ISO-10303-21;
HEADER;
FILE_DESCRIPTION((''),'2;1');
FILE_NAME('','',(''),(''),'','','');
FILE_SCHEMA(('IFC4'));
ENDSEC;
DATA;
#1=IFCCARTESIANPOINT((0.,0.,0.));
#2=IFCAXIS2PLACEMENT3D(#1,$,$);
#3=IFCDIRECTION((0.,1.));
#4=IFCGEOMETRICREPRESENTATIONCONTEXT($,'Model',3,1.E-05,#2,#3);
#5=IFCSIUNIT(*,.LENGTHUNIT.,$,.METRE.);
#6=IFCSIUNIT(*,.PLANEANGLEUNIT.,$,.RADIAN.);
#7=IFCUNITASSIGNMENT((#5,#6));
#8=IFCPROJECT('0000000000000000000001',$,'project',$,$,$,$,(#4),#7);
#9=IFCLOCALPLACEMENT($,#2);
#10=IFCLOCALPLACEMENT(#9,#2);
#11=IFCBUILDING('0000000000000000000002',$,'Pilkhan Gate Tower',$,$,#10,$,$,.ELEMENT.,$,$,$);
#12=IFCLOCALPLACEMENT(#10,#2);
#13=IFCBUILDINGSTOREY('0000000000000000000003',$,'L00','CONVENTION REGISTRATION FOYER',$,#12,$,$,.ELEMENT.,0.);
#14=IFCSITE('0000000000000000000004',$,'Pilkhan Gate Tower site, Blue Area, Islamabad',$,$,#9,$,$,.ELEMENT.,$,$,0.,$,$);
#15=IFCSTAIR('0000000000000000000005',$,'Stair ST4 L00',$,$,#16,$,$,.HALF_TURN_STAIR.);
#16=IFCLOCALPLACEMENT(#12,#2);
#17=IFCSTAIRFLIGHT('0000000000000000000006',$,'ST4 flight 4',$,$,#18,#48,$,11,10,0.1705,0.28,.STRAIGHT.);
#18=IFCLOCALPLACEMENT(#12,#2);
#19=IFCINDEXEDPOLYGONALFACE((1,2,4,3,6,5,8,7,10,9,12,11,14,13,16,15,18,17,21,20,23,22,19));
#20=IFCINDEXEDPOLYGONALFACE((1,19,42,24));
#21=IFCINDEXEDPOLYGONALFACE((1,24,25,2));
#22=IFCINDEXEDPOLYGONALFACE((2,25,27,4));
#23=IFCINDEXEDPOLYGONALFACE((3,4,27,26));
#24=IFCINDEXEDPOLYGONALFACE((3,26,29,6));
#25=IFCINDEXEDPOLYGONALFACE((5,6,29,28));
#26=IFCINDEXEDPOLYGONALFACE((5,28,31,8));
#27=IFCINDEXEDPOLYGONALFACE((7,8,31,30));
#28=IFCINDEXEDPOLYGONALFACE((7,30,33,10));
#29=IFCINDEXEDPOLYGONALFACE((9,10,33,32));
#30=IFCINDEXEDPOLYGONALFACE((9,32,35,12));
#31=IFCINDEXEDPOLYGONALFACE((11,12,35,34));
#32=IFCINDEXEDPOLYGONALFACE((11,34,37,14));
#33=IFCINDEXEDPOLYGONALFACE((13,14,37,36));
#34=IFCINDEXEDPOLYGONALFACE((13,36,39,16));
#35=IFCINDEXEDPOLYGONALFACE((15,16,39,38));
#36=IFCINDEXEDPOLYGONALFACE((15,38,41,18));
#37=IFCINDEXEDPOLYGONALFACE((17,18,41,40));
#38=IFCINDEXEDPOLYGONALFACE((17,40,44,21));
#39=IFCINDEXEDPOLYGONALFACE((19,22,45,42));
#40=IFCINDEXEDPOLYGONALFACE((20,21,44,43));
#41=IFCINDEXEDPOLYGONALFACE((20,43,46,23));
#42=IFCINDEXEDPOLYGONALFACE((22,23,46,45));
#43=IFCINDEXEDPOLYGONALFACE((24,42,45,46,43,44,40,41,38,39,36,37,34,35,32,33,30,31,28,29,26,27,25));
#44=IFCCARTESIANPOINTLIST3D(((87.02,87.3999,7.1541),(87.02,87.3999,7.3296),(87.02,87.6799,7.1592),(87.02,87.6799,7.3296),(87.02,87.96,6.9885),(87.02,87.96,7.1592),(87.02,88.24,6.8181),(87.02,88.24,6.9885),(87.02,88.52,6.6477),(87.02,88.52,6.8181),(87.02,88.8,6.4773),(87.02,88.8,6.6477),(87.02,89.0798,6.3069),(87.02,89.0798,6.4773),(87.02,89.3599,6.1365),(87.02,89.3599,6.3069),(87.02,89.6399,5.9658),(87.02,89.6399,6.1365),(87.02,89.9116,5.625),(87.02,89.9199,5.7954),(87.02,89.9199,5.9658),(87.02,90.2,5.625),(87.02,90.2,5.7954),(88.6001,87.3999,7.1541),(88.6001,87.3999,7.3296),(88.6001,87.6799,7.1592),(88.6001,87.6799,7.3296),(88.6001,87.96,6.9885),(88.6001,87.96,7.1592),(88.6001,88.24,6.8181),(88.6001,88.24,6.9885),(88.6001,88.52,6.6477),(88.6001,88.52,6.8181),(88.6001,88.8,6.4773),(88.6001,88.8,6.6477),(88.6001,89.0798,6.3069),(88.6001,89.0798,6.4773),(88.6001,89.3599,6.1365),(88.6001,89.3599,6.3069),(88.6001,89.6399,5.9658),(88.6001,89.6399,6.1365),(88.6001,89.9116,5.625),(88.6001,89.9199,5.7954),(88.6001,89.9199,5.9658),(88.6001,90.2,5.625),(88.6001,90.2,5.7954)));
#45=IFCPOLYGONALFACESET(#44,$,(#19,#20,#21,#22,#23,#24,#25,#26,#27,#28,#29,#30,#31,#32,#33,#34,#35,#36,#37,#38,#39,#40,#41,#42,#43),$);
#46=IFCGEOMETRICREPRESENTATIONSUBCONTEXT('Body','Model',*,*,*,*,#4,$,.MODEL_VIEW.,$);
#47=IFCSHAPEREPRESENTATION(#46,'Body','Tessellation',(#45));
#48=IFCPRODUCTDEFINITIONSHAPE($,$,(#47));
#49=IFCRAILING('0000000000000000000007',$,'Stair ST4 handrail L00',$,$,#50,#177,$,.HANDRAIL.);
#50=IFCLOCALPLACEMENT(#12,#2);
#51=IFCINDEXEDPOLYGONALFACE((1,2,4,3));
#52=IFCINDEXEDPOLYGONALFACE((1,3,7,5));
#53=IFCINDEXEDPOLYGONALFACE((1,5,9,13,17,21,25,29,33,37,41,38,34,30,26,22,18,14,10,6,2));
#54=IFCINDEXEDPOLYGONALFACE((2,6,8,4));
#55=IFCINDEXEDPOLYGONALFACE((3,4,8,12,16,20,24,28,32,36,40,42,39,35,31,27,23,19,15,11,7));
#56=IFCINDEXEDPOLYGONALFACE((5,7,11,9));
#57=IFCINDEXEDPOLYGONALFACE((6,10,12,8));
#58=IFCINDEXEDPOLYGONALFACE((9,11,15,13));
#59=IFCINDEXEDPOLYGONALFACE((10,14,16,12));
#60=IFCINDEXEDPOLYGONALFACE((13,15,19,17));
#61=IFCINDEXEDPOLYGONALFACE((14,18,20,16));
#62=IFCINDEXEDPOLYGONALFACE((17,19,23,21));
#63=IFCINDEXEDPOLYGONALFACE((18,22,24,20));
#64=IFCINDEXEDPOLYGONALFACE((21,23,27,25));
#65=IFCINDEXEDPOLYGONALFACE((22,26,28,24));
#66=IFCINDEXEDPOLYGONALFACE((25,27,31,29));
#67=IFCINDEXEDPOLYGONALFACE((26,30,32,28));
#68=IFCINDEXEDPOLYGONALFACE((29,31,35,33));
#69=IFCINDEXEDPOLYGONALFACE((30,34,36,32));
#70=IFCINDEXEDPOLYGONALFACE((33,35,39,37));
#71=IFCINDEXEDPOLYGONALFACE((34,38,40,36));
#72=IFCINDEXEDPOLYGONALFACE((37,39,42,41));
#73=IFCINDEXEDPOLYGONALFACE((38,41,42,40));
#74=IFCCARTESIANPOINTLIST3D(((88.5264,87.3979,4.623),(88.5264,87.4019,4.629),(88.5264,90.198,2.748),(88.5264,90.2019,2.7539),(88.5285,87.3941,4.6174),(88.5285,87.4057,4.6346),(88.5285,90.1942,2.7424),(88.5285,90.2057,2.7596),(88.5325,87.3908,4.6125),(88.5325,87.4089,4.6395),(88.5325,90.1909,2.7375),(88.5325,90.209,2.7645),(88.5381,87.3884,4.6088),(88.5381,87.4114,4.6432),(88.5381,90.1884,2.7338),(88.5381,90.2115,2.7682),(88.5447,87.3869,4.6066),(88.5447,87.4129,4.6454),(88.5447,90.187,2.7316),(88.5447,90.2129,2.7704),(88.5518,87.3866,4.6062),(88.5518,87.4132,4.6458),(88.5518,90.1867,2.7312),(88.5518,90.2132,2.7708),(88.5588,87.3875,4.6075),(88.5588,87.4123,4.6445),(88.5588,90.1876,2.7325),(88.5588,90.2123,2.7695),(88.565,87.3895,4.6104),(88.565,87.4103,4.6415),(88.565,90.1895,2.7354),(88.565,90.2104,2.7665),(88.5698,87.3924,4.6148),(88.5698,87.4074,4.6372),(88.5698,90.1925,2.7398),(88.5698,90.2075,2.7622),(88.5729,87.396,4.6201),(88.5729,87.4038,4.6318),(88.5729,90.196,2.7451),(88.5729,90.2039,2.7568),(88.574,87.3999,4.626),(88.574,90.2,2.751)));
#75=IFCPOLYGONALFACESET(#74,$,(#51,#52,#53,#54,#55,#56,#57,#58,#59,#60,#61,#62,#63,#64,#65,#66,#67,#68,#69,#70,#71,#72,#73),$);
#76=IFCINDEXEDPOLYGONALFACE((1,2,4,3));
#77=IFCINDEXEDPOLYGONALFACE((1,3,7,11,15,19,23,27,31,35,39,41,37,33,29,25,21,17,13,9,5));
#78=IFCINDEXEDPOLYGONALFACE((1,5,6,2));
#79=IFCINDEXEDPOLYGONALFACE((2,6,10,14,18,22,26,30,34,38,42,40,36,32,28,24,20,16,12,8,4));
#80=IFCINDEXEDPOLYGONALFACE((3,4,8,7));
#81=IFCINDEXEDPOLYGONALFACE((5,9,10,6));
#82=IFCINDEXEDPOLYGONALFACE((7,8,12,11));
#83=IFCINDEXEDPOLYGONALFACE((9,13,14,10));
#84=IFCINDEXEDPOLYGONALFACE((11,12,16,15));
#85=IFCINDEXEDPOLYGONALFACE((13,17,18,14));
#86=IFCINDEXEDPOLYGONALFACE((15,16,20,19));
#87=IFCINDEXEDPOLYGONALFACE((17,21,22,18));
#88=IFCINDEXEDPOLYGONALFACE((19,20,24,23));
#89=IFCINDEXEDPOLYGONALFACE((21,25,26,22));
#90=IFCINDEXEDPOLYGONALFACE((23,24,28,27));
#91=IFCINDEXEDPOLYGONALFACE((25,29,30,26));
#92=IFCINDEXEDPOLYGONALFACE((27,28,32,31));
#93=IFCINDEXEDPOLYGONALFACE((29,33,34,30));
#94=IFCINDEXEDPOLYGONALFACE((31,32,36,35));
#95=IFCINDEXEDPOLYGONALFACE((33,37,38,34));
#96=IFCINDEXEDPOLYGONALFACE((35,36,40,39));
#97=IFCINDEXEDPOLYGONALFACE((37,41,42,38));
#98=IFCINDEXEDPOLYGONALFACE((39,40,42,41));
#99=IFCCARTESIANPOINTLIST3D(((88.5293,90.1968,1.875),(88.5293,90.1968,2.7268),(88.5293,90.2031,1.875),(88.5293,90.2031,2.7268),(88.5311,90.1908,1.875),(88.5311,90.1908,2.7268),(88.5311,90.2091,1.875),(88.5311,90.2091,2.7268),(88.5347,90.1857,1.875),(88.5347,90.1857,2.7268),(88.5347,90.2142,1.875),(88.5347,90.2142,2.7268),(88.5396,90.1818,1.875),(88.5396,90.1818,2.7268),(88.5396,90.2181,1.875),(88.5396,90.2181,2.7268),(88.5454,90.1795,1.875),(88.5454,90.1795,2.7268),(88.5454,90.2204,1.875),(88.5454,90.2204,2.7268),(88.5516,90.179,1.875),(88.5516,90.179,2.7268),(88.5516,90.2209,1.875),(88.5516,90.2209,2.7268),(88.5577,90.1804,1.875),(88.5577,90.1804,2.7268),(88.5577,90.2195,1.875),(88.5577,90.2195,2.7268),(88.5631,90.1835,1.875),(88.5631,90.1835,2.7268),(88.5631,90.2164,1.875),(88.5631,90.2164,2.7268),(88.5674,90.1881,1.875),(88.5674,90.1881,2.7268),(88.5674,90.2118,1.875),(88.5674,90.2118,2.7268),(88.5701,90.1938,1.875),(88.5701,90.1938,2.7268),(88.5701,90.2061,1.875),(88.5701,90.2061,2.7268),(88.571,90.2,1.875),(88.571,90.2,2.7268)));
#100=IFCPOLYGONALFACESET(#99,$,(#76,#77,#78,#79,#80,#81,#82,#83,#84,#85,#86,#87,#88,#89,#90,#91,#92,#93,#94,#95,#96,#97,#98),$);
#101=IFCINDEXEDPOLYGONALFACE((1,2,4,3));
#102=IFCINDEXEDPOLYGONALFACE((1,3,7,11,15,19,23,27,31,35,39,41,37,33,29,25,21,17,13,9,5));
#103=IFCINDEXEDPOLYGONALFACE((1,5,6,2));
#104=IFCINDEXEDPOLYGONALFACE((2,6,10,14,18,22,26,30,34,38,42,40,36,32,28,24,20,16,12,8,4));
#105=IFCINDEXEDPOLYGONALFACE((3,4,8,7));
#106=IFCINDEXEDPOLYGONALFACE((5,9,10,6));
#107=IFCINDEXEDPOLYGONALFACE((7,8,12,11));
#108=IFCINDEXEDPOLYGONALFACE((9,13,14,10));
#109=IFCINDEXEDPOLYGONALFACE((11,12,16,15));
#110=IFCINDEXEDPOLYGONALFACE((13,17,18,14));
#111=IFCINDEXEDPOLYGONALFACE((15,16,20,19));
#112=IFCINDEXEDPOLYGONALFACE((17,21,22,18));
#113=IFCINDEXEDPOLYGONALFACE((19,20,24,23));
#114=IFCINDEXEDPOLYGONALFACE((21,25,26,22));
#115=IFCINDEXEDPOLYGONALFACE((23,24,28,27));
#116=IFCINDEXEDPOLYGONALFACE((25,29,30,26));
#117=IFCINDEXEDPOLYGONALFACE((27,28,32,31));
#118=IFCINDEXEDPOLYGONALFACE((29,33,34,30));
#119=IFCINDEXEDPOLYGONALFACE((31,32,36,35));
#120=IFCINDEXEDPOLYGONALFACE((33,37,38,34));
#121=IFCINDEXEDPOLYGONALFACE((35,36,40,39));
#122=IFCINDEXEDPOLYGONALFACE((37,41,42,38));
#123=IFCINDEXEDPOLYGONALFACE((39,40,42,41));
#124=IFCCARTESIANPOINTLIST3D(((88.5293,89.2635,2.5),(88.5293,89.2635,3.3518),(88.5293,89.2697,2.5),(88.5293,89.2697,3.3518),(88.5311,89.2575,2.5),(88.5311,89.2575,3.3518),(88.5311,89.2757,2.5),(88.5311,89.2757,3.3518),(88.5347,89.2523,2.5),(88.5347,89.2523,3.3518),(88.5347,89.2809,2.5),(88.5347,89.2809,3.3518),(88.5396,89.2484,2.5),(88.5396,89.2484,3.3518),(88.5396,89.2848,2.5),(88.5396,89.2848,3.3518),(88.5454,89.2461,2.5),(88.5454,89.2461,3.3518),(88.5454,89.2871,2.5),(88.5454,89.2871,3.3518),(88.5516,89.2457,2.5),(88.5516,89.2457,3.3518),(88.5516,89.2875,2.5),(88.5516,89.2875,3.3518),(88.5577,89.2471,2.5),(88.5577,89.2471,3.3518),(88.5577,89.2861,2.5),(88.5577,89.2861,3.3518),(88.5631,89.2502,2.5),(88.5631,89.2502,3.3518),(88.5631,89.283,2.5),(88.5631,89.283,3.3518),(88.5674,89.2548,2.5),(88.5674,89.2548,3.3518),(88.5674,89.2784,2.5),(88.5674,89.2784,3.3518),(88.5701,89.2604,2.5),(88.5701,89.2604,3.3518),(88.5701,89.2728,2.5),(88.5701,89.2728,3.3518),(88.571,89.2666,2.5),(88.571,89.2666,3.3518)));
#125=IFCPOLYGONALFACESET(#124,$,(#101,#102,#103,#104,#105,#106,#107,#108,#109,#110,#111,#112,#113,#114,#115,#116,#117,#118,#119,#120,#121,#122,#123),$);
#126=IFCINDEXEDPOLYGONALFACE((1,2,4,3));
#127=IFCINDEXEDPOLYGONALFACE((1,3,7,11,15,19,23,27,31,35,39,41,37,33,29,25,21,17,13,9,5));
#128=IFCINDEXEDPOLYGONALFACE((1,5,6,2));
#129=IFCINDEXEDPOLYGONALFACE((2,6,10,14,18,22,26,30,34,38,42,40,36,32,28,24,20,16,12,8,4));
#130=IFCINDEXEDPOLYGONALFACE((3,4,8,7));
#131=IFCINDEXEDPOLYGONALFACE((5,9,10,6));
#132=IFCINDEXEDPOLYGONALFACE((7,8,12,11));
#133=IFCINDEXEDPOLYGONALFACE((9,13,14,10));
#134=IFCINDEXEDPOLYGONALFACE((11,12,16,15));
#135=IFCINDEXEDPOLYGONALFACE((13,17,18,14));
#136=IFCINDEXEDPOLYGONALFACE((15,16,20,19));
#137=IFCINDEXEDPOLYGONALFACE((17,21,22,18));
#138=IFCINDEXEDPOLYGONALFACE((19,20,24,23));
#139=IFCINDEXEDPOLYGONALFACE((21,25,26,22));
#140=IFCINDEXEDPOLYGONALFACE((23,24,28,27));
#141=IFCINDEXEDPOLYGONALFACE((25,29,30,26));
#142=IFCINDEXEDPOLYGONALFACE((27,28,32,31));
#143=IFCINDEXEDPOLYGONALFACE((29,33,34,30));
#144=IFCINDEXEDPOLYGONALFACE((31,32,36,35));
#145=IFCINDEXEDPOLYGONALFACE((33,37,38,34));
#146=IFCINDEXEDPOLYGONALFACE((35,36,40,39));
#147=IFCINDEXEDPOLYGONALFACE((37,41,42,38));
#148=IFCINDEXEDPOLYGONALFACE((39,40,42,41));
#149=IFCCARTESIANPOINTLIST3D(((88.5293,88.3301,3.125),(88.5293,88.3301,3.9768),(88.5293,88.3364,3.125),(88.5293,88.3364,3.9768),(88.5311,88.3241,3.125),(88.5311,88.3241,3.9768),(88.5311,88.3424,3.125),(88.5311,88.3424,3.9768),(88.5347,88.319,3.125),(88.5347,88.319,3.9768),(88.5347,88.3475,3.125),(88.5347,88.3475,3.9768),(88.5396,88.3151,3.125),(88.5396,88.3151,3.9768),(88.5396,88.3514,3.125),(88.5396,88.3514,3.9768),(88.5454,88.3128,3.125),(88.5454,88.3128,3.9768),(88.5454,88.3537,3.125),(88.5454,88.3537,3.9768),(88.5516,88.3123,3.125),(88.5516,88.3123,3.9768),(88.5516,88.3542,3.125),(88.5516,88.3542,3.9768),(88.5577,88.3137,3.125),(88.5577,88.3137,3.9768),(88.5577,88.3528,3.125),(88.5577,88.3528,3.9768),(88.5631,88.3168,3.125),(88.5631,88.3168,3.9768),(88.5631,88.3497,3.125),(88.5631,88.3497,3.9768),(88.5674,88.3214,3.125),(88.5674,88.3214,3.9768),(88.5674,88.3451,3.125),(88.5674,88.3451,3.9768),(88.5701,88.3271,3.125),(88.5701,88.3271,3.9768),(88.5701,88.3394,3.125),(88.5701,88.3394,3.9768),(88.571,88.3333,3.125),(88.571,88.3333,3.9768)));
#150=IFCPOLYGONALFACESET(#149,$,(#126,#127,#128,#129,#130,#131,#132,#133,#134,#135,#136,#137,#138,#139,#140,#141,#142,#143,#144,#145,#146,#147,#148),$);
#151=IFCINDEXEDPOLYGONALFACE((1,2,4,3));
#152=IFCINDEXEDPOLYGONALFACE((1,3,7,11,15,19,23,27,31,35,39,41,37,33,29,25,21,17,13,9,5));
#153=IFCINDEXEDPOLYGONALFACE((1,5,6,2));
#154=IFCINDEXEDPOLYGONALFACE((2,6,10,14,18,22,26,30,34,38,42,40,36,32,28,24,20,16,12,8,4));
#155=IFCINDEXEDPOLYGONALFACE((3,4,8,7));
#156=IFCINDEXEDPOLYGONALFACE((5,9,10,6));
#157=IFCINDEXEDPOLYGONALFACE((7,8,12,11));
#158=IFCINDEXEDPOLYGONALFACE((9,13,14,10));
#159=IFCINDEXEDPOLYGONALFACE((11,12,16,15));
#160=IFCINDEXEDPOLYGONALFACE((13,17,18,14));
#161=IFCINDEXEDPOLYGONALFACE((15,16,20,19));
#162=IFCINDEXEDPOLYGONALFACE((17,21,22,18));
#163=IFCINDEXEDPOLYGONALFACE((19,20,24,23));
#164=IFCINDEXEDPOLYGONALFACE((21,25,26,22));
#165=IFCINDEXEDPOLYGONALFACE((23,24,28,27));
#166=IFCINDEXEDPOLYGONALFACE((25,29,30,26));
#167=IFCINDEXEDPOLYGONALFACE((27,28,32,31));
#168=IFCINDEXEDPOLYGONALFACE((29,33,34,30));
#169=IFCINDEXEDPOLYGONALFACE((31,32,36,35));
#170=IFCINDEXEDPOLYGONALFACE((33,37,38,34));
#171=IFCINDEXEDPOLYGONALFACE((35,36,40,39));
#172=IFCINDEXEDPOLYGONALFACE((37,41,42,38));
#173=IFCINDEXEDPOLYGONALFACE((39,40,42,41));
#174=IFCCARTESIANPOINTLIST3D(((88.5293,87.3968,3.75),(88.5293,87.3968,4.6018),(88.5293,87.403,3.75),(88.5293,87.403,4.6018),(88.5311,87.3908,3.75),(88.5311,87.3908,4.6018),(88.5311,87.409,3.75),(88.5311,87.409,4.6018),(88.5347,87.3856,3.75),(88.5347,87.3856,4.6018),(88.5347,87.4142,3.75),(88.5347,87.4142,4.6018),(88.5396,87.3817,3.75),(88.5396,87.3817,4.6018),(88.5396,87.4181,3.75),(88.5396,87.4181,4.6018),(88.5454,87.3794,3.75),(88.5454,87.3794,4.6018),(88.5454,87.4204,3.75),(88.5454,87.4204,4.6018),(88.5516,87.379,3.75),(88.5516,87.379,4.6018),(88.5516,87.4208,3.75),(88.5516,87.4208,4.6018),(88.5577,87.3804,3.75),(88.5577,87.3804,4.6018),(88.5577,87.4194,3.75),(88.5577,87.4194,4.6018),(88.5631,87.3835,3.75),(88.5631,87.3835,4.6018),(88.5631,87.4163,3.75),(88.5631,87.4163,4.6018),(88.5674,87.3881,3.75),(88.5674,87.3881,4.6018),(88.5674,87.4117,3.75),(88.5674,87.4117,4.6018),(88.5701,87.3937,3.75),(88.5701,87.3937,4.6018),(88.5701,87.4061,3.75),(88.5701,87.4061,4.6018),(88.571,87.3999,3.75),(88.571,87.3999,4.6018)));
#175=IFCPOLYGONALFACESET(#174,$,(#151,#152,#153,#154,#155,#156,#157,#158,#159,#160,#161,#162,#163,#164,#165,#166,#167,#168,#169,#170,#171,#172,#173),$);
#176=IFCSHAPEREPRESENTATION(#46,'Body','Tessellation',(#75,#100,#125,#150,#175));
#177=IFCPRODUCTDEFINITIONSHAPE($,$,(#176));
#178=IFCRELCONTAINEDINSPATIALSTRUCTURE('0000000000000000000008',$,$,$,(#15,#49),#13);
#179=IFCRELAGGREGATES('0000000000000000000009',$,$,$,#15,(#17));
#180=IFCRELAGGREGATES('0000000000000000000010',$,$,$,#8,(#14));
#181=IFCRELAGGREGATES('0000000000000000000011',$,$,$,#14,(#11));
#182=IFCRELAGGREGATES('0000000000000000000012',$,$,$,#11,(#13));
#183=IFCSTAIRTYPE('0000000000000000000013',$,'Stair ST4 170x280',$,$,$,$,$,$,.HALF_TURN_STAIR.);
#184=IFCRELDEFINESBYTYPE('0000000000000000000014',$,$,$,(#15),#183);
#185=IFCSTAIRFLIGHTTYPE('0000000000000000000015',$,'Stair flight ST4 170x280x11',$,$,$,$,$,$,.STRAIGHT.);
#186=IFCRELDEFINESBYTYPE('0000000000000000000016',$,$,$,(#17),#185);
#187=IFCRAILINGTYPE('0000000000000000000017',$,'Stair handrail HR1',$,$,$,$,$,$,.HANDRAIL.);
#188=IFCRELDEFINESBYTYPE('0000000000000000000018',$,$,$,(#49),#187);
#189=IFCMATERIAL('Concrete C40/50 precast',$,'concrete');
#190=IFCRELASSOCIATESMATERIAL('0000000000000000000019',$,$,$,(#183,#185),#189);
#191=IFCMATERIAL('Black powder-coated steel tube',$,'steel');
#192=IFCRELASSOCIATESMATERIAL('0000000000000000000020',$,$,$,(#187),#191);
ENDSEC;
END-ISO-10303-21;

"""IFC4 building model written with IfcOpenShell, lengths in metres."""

from ifc_helpers import new_model, si_unit, direction, frame, origin, origin_2d, place, context, subcontext, project, spatial, polyline, circle, outline, extrude, material, type_object, element, aggregate, save


model = new_model("IFC4")

# Units and contexts
model_context = context("Model", 3, precision=1e-05, world=origin(), true_north=direction((0.0, 1.0)))
body_context = subcontext(model_context, "Body", "Model", "MODEL_VIEW")
ifc_project = project(units=[si_unit("LENGTHUNIT", "METRE"), si_unit("PLANEANGLEUNIT", "RADIAN")], contexts=[model_context])

# Site, building, storey
site_placement = place(None, origin())
site = spatial("IfcSite", under=ifc_project, at=site_placement, Name="Pilkhan Gate Tower site, Blue Area, Islamabad", CompositionType="ELEMENT", RefElevation=0.0)
building_placement = place(site_placement, origin())
building = spatial("IfcBuilding", under=site, at=building_placement, Name="Pilkhan Gate Tower", CompositionType="ELEMENT")
storey_placement = place(building_placement, origin())
storey = spatial("IfcBuildingStorey", under=building, at=storey_placement, Name="L00", Description="CONVENTION REGISTRATION FOYER", CompositionType="ELEMENT", Elevation=0.0)

# Stair, stair flight
ifc_material_1 = material(Name="Concrete C40/50 precast", Category="concrete")
stair_type = type_object("IfcStairType", Name="Stair ST4 170x280", PredefinedType="HALF_TURN_STAIR", material=ifc_material_1)
stair_placement = place(storey_placement, origin())
stair = element("IfcStair", 1, at=stair_placement, inside=storey, type_object=stair_type, Name="Stair ST4 L00", PredefinedType="HALF_TURN_STAIR")
stair_flight_type = type_object("IfcStairFlightType", Name="Stair flight ST4 170x280x11", PredefinedType="STRAIGHT", material=ifc_material_1)
stair_flight_1_placement = place(storey_placement, frame((87.8101, 90.2, 5.625), z_axis=(0.0, 0.0, 1.0), x_axis=(0.0, -1.0, 0.0)))
stair_flight_1 = element("IfcStairFlight", 2, at=stair_flight_1_placement, type_object=stair_flight_type, Name="ST4 flight 4", NumberOfRisers=11, NumberOfTreads=10, PredefinedType="STRAIGHT", RiserHeight=0.1705, TreadLength=0.28, context=body_context, shape_type="SweptSolid", body=[
    extrude(outline(polyline([(0.0, 0.0), (0.0, 0.1704), (0.28, 0.1704), (0.28, 0.3408), (0.5601, 0.3408), (0.5601, 0.5115), (0.8401, 0.5115), (0.8401, 0.6819), (1.1201, 0.6819), (1.1201, 0.8523), (1.3999, 0.8523), (1.3999, 1.0227), (1.6799, 1.0227), (1.6799, 1.1931), (1.96, 1.1931), (1.96, 1.3635), (2.24, 1.3635), (2.24, 1.5342), (2.52, 1.5342), (2.52, 1.7046), (2.8, 1.7046), (2.8, 1.875), (2.8, 1.5291), (0.2883, 0.0), (0.0, 0.0)])), frame((0.0, 0.79, 0.0), z_axis=(0.0, -1.0, 0.0), x_axis=(1.0, 0.0, 0.0)), (0.0, 0.0, 1.0), 1.5801),
])
aggregate(stair, [stair_flight_1])

# Railing
ifc_material_2 = material(Name="Black powder-coated steel tube", Category="steel")
railing_type_1 = type_object("IfcRailingType", Name="Stair handrail HR1", PredefinedType="HANDRAIL", material=ifc_material_2)
for number, where, name in (
    (3, (88.55, 90.2, 1.875), "Stair ST4 handrail L00"),
):
    element("IfcRailing", number, at=place(storey_placement, frame(where)), inside=storey, type_object=railing_type_1, Name=name, PredefinedType="HANDRAIL", context=body_context, shape_type="SweptSolid", body=[
        extrude(circle(Radius=0.0239, at=origin_2d()), frame((0.0, 0.0, 0.876), z_axis=(0.0, -0.830912, 0.556404), x_axis=(1.0, 0.0, 0.0)), (0.0, 0.0, 1.0), 3.3699),
        extrude(circle(Radius=0.021, at=origin_2d()), origin(), (0.0, 0.0, 1.0), 0.8518),
        extrude(circle(Radius=0.021, at=origin_2d()), frame((0.0, -0.9333, 0.625)), (0.0, 0.0, 1.0), 0.8518),
        extrude(circle(Radius=0.021, at=origin_2d()), frame((0.0, -1.8667, 1.25)), (0.0, 0.0, 1.0), 0.8518),
        extrude(circle(Radius=0.021, at=origin_2d()), frame((0.0, -2.8, 1.875)), (0.0, 0.0, 1.0), 0.8518),
    ])

save(model, "model.ifc")
